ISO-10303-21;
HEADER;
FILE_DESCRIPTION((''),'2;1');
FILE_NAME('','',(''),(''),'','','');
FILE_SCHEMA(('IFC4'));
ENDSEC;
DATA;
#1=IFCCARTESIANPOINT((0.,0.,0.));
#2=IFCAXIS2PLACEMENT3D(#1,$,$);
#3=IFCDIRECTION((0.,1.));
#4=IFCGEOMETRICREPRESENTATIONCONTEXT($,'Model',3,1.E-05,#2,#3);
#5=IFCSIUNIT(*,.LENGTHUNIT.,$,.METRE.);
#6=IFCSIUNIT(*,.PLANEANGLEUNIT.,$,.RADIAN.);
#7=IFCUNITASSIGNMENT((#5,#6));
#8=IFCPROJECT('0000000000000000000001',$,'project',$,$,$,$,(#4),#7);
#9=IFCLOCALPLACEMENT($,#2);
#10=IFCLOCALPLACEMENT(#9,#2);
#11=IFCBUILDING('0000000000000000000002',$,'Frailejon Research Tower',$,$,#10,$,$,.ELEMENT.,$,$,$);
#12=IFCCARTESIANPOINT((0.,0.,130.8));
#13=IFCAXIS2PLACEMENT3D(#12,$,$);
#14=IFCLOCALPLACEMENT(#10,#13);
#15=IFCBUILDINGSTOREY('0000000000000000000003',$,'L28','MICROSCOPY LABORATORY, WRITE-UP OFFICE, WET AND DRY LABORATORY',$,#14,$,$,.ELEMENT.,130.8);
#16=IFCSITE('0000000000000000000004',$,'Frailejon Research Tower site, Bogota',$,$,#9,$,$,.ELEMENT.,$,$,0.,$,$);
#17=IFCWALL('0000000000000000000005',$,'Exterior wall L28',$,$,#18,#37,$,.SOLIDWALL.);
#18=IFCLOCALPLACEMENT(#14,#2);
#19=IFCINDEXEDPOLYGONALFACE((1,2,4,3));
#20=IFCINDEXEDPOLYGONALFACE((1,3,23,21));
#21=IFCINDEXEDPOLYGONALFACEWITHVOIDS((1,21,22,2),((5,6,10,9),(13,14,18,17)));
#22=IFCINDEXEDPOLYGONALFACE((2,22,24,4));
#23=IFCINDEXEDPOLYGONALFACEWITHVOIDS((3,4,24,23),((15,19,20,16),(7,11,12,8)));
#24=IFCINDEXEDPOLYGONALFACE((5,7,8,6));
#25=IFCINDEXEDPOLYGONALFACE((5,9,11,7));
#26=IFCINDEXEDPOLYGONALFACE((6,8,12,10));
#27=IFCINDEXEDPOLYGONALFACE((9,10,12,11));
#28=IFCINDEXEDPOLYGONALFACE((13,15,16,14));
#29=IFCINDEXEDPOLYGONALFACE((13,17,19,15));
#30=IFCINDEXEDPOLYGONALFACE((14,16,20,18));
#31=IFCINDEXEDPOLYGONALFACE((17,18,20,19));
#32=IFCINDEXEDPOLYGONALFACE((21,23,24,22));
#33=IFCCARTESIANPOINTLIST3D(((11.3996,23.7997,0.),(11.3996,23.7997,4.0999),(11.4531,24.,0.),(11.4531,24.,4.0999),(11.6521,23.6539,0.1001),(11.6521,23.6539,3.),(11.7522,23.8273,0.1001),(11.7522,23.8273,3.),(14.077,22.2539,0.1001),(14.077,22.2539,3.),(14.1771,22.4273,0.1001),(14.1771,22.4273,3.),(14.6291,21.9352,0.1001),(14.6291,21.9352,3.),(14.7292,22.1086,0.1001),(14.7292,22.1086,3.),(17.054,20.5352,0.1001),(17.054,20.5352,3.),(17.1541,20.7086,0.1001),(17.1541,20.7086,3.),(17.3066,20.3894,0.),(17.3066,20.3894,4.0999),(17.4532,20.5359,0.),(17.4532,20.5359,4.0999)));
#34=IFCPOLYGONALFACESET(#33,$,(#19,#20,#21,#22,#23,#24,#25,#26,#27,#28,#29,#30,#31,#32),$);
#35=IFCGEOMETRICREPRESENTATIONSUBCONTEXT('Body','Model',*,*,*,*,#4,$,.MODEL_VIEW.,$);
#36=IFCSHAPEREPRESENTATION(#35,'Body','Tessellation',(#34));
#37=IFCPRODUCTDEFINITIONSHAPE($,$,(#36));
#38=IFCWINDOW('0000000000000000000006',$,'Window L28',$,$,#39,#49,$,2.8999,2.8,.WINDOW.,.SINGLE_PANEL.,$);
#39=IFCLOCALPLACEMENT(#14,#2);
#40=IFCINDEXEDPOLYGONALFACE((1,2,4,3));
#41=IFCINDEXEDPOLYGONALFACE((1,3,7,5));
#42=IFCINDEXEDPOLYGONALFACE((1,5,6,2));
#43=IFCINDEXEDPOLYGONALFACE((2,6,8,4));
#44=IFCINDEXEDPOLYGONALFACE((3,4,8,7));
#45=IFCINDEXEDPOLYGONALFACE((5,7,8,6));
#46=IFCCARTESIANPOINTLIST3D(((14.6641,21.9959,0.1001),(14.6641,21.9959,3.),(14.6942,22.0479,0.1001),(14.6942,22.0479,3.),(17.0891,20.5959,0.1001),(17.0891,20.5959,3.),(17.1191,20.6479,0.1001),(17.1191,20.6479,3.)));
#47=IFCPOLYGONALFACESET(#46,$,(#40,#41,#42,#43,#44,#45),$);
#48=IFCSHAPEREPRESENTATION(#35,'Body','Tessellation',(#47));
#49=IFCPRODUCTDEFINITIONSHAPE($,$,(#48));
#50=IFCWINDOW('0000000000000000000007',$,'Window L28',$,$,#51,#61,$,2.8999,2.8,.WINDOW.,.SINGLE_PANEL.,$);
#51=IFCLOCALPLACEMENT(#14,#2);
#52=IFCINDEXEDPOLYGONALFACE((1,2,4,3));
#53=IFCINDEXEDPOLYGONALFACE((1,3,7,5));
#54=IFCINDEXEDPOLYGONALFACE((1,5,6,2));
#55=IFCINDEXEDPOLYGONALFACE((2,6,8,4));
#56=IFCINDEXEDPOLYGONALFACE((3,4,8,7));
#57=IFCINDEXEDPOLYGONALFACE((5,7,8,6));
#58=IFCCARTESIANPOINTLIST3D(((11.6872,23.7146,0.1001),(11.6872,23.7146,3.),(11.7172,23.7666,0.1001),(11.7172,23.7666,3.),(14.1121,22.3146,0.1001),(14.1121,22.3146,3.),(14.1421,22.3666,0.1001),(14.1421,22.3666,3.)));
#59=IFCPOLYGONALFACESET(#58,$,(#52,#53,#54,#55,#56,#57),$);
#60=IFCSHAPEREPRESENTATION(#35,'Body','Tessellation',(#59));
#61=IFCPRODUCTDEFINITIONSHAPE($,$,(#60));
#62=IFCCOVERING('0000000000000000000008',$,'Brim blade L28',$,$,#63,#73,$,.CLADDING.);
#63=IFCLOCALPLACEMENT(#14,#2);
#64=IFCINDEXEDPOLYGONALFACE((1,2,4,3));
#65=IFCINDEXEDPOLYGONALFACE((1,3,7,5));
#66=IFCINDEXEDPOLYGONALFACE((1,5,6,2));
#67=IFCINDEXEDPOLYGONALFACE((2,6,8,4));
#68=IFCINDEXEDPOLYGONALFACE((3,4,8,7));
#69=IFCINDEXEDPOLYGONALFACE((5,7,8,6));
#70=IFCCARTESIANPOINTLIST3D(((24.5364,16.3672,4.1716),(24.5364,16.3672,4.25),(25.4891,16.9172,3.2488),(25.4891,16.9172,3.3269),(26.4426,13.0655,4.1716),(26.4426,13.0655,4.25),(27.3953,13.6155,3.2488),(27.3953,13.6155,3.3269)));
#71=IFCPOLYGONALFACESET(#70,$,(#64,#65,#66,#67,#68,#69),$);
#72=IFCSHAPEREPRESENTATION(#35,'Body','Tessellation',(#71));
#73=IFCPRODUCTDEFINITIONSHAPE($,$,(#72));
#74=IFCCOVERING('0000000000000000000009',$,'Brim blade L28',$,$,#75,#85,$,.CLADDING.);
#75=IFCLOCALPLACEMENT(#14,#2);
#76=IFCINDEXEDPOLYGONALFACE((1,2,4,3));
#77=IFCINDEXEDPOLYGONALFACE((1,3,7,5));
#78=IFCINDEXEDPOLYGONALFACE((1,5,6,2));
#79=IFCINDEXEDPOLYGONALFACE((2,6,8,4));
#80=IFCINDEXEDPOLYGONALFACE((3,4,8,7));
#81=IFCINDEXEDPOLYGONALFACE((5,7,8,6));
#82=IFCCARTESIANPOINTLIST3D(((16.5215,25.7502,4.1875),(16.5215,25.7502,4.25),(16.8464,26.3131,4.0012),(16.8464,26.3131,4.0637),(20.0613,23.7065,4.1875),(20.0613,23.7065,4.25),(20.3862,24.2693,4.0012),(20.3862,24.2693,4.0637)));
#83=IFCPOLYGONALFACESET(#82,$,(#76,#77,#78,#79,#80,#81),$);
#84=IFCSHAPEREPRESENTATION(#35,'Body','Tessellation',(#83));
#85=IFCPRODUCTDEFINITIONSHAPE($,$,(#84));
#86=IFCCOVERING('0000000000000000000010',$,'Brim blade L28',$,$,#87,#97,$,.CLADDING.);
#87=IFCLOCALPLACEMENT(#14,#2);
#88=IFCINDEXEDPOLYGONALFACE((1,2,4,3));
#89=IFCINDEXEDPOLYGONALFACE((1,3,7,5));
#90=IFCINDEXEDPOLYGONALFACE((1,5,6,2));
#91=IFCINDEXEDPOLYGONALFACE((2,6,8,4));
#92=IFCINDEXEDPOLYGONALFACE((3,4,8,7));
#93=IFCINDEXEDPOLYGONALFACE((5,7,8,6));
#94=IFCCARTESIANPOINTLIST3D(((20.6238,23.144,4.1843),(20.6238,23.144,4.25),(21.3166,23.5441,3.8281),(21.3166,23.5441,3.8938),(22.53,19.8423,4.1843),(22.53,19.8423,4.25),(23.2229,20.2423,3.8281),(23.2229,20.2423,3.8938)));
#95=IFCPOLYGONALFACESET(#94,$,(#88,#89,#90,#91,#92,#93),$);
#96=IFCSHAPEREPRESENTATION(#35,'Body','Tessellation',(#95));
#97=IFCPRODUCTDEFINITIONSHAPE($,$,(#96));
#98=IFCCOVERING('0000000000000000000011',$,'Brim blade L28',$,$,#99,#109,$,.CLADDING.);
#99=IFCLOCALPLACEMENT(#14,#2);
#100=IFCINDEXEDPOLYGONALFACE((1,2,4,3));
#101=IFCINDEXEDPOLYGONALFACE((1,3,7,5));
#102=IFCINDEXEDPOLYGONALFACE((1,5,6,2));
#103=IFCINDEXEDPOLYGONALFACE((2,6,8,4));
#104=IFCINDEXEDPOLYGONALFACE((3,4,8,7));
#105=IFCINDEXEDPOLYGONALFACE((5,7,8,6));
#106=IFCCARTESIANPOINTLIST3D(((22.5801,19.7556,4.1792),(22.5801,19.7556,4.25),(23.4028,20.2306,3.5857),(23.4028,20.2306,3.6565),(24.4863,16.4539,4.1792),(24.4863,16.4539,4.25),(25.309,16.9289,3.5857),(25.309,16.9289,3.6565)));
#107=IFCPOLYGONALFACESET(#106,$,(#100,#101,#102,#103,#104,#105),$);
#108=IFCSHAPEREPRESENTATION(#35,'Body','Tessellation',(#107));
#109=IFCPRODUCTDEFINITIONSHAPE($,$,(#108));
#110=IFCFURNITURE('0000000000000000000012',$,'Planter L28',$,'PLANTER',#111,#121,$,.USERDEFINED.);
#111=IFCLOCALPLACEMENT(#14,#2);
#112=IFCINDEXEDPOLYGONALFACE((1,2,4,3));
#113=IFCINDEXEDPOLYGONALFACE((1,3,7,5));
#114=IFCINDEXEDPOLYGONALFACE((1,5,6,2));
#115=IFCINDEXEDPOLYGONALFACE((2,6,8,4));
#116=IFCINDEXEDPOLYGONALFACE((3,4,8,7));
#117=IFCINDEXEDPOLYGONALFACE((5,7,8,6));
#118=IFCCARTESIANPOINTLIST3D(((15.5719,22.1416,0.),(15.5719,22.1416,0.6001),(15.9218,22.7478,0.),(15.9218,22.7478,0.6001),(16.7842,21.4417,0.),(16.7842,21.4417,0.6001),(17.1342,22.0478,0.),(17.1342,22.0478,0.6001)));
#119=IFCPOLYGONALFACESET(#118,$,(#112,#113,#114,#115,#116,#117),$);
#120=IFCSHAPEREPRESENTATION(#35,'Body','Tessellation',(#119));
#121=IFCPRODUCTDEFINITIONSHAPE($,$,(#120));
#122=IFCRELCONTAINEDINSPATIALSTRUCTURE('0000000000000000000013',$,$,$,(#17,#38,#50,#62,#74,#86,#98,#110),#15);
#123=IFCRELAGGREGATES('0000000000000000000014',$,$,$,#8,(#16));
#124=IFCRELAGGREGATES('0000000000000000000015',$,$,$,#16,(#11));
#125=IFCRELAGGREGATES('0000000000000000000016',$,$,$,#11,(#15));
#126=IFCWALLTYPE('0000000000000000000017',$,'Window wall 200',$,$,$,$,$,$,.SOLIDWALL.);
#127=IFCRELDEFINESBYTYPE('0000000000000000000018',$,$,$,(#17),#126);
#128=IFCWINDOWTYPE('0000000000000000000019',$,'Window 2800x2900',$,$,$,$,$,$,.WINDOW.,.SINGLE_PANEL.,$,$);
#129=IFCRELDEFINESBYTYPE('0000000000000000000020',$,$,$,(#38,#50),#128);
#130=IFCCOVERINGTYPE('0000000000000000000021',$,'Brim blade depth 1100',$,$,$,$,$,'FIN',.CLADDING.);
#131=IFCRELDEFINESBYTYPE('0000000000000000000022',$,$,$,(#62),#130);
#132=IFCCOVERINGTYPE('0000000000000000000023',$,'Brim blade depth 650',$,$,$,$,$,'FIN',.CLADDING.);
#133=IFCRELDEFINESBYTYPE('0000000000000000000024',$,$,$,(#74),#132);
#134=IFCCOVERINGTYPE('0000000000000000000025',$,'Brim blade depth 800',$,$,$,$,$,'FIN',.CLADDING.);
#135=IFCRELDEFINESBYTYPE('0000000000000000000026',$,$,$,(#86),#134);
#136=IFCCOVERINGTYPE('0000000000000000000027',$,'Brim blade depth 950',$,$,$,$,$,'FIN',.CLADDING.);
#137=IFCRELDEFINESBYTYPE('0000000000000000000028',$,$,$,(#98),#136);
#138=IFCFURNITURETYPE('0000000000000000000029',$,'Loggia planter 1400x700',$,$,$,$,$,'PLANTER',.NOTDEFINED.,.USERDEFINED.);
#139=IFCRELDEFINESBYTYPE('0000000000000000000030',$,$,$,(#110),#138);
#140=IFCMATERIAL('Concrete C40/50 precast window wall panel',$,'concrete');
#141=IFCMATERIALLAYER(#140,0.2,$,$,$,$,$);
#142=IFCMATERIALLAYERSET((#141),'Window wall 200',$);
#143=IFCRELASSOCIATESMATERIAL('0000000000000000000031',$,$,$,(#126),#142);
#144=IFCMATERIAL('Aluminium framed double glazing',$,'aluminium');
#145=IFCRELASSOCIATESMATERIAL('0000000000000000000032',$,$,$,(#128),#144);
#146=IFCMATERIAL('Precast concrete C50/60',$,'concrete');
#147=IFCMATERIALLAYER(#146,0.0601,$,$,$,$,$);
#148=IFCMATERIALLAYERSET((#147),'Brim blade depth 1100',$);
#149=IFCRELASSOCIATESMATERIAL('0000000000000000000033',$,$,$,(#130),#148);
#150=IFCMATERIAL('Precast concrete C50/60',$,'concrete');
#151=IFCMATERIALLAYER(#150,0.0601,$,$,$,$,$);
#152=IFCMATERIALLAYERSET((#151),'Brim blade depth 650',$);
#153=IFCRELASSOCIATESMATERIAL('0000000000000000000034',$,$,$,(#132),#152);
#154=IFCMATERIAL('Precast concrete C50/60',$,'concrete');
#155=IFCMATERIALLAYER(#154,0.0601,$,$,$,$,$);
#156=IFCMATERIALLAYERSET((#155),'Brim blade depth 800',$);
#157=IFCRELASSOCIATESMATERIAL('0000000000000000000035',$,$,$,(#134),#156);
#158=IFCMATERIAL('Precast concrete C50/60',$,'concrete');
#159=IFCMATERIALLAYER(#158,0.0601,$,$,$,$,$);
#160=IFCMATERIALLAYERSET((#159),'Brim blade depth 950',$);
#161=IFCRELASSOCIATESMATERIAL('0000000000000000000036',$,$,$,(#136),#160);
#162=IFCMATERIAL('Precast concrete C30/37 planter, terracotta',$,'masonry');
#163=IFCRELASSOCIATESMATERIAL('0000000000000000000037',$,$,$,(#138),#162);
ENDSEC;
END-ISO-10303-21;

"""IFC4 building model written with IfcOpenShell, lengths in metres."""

from ifc_helpers import new_model, si_unit, direction, frame, frame_2d, origin, origin_2d, place, context, subcontext, project, spatial, polyline, rectangle, outline, extrude, material, layer, layer_set, type_object, element, fill, save


model = new_model("IFC4")

# Units and contexts
model_context = context("Model", 3, precision=1e-05, world=origin(), true_north=direction((0.0, 1.0)))
body_context = subcontext(model_context, "Body", "Model", "MODEL_VIEW")
ifc_project = project(units=[si_unit("LENGTHUNIT", "METRE"), si_unit("PLANEANGLEUNIT", "RADIAN")], contexts=[model_context])

# Site, building, storey
site_placement = place(None, origin())
site = spatial("IfcSite", under=ifc_project, at=site_placement, Name="Frailejon Research Tower site, Bogota", CompositionType="ELEMENT", RefElevation=0.0)
building_placement = place(site_placement, origin())
building = spatial("IfcBuilding", under=site, at=building_placement, Name="Frailejon Research Tower", CompositionType="ELEMENT")
storey_placement = place(building_placement, frame((0.0, 0.0, 130.8)))
storey = spatial("IfcBuildingStorey", under=building, at=storey_placement, Name="L28", Description="MICROSCOPY LABORATORY, WRITE-UP OFFICE, WET AND DRY LABORATORY", CompositionType="ELEMENT", Elevation=130.8)

# Wall, openings, windows
ifc_material_1 = material(Name="Concrete C40/50 precast window wall panel", Category="concrete")
ifc_layer_1 = layer(ifc_material_1, 0.2)
ifc_layer_set_1 = layer_set([ifc_layer_1], Name="Window wall 200")
wall_type = type_object("IfcWallType", Name="Window wall 200", PredefinedType="SOLIDWALL", material=ifc_layer_set_1)
wall_placement = place(storey_placement, frame((17.3799, 20.4626, 0.0), z_axis=(0.0, 0.0, 1.0), x_axis=(-0.866029, 0.499993, 0.0)))
wall = element("IfcWall", 1, at=wall_placement, inside=storey, type_object=wall_type, Name="Exterior wall L28", PredefinedType="SOLIDWALL", context=body_context, shape_type="SweptSolid", body=[
    extrude(outline(polyline([(-0.0269, -0.1001), (1.1279, -0.1001), (2.2825, -0.1001), (3.4373, -0.1001), (4.592, -0.1001), (5.7466, -0.1001), (6.9014, -0.1001), (6.8477, 0.1001), (5.7109, 0.1001), (4.574, 0.1001), (3.4373, 0.1001), (2.3005, 0.1001), (1.1636, 0.1001), (0.0269, 0.1001), (-0.0269, -0.1001)])), origin(), (0.0, 0.0, 1.0), 4.0999),
])
opening_1_placement = place(wall_placement, frame((0.3186, 0.0, 0.1001)))
opening_1 = element("IfcOpeningElement", 2, at=opening_1_placement, cuts=wall, PredefinedType="OPENING", context=body_context, shape_type="SweptSolid", body=[
    extrude(rectangle(XDim=2.8, YDim=2.8999, at=frame_2d((1.3999, 1.45))), frame((0.0, 0.1099, 0.0), z_axis=(0.0, -1.0, 0.0), x_axis=(1.0, 0.0, 0.0)), (0.0, 0.0, 1.0), 0.22),
])
opening_2_placement = place(wall_placement, frame((3.7561, 0.0, 0.1001)))
opening_2 = element("IfcOpeningElement", 3, at=opening_2_placement, cuts=wall, PredefinedType="OPENING", context=body_context, shape_type="SweptSolid", body=[
    extrude(rectangle(XDim=2.8, YDim=2.8999, at=frame_2d((1.3999, 1.45))), frame((0.0, 0.1099, 0.0), z_axis=(0.0, -1.0, 0.0), x_axis=(1.0, 0.0, 0.0)), (0.0, 0.0, 1.0), 0.22),
])
ifc_material_2 = material(Name="Aluminium framed double glazing", Category="aluminium")
window_type = type_object("IfcWindowType", Name="Window 2800x2900", PartitioningType="SINGLE_PANEL", PredefinedType="WINDOW", material=ifc_material_2)
window_1_placement = place(opening_1_placement, origin())
window_1 = element("IfcWindow", 4, at=window_1_placement, inside=storey, type_object=window_type, Name="Window L28", OverallHeight=2.8999, OverallWidth=2.8, PartitioningType="SINGLE_PANEL", PredefinedType="WINDOW", context=body_context, shape_type="SweptSolid", body=[
    extrude(rectangle(XDim=2.8, YDim=2.8999, at=frame_2d((1.3999, 1.45))), frame((0.0, 0.03, 0.0), z_axis=(0.0, -1.0, 0.0), x_axis=(1.0, 0.0, 0.0)), (0.0, 0.0, 1.0), 0.0601),
])
fill(opening_1, window_1)
window_2_placement = place(opening_2_placement, origin())
window_2 = element("IfcWindow", 5, at=window_2_placement, inside=storey, type_object=window_type, Name="Window L28", OverallHeight=2.8999, OverallWidth=2.8, PartitioningType="SINGLE_PANEL", PredefinedType="WINDOW", context=body_context, shape_type="SweptSolid", body=[
    extrude(rectangle(XDim=2.8, YDim=2.8999, at=frame_2d((1.3999, 1.45))), frame((0.0, 0.03, 0.0), z_axis=(0.0, -1.0, 0.0), x_axis=(1.0, 0.0, 0.0)), (0.0, 0.0, 1.0), 0.0601),
])
fill(opening_2, window_2)

# Coverings
ifc_material_3 = material(Name="Precast concrete C50/60", Category="concrete")
ifc_layer_2 = layer(ifc_material_3, 0.0601)
ifc_layer_set_2 = layer_set([ifc_layer_2], Name="Brim blade depth 1100")
covering_type_1 = type_object("IfcCoveringType", Name="Brim blade depth 1100", ElementType="FIN", PredefinedType="CLADDING", material=ifc_layer_set_2)
covering_1_placement = place(storey_placement, frame((24.5364, 16.3672, 4.25), z_axis=(0.500001, -0.866025, 0.0), x_axis=(0.866025, 0.500001, 0.0)))
element("IfcCovering", 6, at=covering_1_placement, inside=storey, type_object=covering_type_1, Name="Brim blade L28", PredefinedType="CLADDING", context=body_context, shape_type="SweptSolid", body=[
    extrude(outline(polyline([(0.0, -0.0784), (1.1001, -1.0012), (1.1001, -0.9231), (0.0, 0.0), (0.0, -0.0784)])), origin(), (0.0, 0.0, 1.0), 3.8125),
])
ifc_material_4 = material(Name="Precast concrete C50/60", Category="concrete")
ifc_layer_3 = layer(ifc_material_4, 0.0601)
ifc_layer_set_3 = layer_set([ifc_layer_3], Name="Brim blade depth 650")
covering_type_2 = type_object("IfcCoveringType", Name="Brim blade depth 650", ElementType="FIN", PredefinedType="CLADDING", material=ifc_layer_set_3)
covering_2_placement = place(storey_placement, frame((16.5215, 25.7502, 4.25), z_axis=(0.866021, -0.500007, 0.0), x_axis=(0.500007, 0.866021, 0.0)))
element("IfcCovering", 7, at=covering_2_placement, inside=storey, type_object=covering_type_2, Name="Brim blade L28", PredefinedType="CLADDING", context=body_context, shape_type="SweptSolid", body=[
    extrude(outline(polyline([(0.0, -0.0625), (0.6499, -0.2488), (0.6499, -0.1863), (0.0, 0.0), (0.0, -0.0625)])), origin(), (0.0, 0.0, 1.0), 4.0874),
])
ifc_material_5 = material(Name="Precast concrete C50/60", Category="concrete")
ifc_layer_4 = layer(ifc_material_5, 0.0601)
ifc_layer_set_4 = layer_set([ifc_layer_4], Name="Brim blade depth 800")
covering_type_3 = type_object("IfcCoveringType", Name="Brim blade depth 800", ElementType="FIN", PredefinedType="CLADDING", material=ifc_layer_set_4)
covering_3_placement = place(storey_placement, frame((20.6238, 23.144, 4.25), z_axis=(0.500001, -0.866025, 0.0), x_axis=(0.866025, 0.500001, 0.0)))
element("IfcCovering", 8, at=covering_3_placement, inside=storey, type_object=covering_type_3, Name="Brim blade L28", PredefinedType="CLADDING", context=body_context, shape_type="SweptSolid", body=[
    extrude(outline(polyline([(0.0, -0.0657), (0.8, -0.4219), (0.8, -0.3562), (0.0, 0.0), (0.0, -0.0657)])), origin(), (0.0, 0.0, 1.0), 3.8125),
])
ifc_material_6 = material(Name="Precast concrete C50/60", Category="concrete")
ifc_layer_5 = layer(ifc_material_6, 0.0601)
ifc_layer_set_5 = layer_set([ifc_layer_5], Name="Brim blade depth 950")
covering_type_4 = type_object("IfcCoveringType", Name="Brim blade depth 950", ElementType="FIN", PredefinedType="CLADDING", material=ifc_layer_set_5)
covering_4_placement = place(storey_placement, frame((22.5801, 19.7556, 4.25), z_axis=(0.500001, -0.866025, 0.0), x_axis=(0.866025, 0.500001, 0.0)))
element("IfcCovering", 9, at=covering_4_placement, inside=storey, type_object=covering_type_4, Name="Brim blade L28", PredefinedType="CLADDING", context=body_context, shape_type="SweptSolid", body=[
    extrude(outline(polyline([(0.0, -0.0708), (0.95, -0.6643), (0.95, -0.5935), (0.0, 0.0), (0.0, -0.0708)])), origin(), (0.0, 0.0, 1.0), 3.8125),
])

# Furniture
ifc_material_7 = material(Name="Precast concrete C30/37 planter, terracotta", Category="masonry")
furniture_type = type_object("IfcFurnitureType", Name="Loggia planter 1400x700", ElementType="PLANTER", AssemblyPlace="NOTDEFINED", PredefinedType="USERDEFINED", material=ifc_material_7)
furniture_placement = place(storey_placement, frame((16.353, 22.0947, 0.0), z_axis=(0.0, 0.0, 1.0), x_axis=(-0.866025, 0.5, 0.0)))
element("IfcFurniture", 10, at=furniture_placement, inside=storey, type_object=furniture_type, Name="Planter L28", ObjectType="PLANTER", PredefinedType="USERDEFINED", context=body_context, shape_type="SweptSolid", body=[
    extrude(rectangle(XDim=1.3999, YDim=0.7, at=origin_2d()), origin(), (0.0, 0.0, 1.0), 0.6001),
])

save(model, "model.ifc")
